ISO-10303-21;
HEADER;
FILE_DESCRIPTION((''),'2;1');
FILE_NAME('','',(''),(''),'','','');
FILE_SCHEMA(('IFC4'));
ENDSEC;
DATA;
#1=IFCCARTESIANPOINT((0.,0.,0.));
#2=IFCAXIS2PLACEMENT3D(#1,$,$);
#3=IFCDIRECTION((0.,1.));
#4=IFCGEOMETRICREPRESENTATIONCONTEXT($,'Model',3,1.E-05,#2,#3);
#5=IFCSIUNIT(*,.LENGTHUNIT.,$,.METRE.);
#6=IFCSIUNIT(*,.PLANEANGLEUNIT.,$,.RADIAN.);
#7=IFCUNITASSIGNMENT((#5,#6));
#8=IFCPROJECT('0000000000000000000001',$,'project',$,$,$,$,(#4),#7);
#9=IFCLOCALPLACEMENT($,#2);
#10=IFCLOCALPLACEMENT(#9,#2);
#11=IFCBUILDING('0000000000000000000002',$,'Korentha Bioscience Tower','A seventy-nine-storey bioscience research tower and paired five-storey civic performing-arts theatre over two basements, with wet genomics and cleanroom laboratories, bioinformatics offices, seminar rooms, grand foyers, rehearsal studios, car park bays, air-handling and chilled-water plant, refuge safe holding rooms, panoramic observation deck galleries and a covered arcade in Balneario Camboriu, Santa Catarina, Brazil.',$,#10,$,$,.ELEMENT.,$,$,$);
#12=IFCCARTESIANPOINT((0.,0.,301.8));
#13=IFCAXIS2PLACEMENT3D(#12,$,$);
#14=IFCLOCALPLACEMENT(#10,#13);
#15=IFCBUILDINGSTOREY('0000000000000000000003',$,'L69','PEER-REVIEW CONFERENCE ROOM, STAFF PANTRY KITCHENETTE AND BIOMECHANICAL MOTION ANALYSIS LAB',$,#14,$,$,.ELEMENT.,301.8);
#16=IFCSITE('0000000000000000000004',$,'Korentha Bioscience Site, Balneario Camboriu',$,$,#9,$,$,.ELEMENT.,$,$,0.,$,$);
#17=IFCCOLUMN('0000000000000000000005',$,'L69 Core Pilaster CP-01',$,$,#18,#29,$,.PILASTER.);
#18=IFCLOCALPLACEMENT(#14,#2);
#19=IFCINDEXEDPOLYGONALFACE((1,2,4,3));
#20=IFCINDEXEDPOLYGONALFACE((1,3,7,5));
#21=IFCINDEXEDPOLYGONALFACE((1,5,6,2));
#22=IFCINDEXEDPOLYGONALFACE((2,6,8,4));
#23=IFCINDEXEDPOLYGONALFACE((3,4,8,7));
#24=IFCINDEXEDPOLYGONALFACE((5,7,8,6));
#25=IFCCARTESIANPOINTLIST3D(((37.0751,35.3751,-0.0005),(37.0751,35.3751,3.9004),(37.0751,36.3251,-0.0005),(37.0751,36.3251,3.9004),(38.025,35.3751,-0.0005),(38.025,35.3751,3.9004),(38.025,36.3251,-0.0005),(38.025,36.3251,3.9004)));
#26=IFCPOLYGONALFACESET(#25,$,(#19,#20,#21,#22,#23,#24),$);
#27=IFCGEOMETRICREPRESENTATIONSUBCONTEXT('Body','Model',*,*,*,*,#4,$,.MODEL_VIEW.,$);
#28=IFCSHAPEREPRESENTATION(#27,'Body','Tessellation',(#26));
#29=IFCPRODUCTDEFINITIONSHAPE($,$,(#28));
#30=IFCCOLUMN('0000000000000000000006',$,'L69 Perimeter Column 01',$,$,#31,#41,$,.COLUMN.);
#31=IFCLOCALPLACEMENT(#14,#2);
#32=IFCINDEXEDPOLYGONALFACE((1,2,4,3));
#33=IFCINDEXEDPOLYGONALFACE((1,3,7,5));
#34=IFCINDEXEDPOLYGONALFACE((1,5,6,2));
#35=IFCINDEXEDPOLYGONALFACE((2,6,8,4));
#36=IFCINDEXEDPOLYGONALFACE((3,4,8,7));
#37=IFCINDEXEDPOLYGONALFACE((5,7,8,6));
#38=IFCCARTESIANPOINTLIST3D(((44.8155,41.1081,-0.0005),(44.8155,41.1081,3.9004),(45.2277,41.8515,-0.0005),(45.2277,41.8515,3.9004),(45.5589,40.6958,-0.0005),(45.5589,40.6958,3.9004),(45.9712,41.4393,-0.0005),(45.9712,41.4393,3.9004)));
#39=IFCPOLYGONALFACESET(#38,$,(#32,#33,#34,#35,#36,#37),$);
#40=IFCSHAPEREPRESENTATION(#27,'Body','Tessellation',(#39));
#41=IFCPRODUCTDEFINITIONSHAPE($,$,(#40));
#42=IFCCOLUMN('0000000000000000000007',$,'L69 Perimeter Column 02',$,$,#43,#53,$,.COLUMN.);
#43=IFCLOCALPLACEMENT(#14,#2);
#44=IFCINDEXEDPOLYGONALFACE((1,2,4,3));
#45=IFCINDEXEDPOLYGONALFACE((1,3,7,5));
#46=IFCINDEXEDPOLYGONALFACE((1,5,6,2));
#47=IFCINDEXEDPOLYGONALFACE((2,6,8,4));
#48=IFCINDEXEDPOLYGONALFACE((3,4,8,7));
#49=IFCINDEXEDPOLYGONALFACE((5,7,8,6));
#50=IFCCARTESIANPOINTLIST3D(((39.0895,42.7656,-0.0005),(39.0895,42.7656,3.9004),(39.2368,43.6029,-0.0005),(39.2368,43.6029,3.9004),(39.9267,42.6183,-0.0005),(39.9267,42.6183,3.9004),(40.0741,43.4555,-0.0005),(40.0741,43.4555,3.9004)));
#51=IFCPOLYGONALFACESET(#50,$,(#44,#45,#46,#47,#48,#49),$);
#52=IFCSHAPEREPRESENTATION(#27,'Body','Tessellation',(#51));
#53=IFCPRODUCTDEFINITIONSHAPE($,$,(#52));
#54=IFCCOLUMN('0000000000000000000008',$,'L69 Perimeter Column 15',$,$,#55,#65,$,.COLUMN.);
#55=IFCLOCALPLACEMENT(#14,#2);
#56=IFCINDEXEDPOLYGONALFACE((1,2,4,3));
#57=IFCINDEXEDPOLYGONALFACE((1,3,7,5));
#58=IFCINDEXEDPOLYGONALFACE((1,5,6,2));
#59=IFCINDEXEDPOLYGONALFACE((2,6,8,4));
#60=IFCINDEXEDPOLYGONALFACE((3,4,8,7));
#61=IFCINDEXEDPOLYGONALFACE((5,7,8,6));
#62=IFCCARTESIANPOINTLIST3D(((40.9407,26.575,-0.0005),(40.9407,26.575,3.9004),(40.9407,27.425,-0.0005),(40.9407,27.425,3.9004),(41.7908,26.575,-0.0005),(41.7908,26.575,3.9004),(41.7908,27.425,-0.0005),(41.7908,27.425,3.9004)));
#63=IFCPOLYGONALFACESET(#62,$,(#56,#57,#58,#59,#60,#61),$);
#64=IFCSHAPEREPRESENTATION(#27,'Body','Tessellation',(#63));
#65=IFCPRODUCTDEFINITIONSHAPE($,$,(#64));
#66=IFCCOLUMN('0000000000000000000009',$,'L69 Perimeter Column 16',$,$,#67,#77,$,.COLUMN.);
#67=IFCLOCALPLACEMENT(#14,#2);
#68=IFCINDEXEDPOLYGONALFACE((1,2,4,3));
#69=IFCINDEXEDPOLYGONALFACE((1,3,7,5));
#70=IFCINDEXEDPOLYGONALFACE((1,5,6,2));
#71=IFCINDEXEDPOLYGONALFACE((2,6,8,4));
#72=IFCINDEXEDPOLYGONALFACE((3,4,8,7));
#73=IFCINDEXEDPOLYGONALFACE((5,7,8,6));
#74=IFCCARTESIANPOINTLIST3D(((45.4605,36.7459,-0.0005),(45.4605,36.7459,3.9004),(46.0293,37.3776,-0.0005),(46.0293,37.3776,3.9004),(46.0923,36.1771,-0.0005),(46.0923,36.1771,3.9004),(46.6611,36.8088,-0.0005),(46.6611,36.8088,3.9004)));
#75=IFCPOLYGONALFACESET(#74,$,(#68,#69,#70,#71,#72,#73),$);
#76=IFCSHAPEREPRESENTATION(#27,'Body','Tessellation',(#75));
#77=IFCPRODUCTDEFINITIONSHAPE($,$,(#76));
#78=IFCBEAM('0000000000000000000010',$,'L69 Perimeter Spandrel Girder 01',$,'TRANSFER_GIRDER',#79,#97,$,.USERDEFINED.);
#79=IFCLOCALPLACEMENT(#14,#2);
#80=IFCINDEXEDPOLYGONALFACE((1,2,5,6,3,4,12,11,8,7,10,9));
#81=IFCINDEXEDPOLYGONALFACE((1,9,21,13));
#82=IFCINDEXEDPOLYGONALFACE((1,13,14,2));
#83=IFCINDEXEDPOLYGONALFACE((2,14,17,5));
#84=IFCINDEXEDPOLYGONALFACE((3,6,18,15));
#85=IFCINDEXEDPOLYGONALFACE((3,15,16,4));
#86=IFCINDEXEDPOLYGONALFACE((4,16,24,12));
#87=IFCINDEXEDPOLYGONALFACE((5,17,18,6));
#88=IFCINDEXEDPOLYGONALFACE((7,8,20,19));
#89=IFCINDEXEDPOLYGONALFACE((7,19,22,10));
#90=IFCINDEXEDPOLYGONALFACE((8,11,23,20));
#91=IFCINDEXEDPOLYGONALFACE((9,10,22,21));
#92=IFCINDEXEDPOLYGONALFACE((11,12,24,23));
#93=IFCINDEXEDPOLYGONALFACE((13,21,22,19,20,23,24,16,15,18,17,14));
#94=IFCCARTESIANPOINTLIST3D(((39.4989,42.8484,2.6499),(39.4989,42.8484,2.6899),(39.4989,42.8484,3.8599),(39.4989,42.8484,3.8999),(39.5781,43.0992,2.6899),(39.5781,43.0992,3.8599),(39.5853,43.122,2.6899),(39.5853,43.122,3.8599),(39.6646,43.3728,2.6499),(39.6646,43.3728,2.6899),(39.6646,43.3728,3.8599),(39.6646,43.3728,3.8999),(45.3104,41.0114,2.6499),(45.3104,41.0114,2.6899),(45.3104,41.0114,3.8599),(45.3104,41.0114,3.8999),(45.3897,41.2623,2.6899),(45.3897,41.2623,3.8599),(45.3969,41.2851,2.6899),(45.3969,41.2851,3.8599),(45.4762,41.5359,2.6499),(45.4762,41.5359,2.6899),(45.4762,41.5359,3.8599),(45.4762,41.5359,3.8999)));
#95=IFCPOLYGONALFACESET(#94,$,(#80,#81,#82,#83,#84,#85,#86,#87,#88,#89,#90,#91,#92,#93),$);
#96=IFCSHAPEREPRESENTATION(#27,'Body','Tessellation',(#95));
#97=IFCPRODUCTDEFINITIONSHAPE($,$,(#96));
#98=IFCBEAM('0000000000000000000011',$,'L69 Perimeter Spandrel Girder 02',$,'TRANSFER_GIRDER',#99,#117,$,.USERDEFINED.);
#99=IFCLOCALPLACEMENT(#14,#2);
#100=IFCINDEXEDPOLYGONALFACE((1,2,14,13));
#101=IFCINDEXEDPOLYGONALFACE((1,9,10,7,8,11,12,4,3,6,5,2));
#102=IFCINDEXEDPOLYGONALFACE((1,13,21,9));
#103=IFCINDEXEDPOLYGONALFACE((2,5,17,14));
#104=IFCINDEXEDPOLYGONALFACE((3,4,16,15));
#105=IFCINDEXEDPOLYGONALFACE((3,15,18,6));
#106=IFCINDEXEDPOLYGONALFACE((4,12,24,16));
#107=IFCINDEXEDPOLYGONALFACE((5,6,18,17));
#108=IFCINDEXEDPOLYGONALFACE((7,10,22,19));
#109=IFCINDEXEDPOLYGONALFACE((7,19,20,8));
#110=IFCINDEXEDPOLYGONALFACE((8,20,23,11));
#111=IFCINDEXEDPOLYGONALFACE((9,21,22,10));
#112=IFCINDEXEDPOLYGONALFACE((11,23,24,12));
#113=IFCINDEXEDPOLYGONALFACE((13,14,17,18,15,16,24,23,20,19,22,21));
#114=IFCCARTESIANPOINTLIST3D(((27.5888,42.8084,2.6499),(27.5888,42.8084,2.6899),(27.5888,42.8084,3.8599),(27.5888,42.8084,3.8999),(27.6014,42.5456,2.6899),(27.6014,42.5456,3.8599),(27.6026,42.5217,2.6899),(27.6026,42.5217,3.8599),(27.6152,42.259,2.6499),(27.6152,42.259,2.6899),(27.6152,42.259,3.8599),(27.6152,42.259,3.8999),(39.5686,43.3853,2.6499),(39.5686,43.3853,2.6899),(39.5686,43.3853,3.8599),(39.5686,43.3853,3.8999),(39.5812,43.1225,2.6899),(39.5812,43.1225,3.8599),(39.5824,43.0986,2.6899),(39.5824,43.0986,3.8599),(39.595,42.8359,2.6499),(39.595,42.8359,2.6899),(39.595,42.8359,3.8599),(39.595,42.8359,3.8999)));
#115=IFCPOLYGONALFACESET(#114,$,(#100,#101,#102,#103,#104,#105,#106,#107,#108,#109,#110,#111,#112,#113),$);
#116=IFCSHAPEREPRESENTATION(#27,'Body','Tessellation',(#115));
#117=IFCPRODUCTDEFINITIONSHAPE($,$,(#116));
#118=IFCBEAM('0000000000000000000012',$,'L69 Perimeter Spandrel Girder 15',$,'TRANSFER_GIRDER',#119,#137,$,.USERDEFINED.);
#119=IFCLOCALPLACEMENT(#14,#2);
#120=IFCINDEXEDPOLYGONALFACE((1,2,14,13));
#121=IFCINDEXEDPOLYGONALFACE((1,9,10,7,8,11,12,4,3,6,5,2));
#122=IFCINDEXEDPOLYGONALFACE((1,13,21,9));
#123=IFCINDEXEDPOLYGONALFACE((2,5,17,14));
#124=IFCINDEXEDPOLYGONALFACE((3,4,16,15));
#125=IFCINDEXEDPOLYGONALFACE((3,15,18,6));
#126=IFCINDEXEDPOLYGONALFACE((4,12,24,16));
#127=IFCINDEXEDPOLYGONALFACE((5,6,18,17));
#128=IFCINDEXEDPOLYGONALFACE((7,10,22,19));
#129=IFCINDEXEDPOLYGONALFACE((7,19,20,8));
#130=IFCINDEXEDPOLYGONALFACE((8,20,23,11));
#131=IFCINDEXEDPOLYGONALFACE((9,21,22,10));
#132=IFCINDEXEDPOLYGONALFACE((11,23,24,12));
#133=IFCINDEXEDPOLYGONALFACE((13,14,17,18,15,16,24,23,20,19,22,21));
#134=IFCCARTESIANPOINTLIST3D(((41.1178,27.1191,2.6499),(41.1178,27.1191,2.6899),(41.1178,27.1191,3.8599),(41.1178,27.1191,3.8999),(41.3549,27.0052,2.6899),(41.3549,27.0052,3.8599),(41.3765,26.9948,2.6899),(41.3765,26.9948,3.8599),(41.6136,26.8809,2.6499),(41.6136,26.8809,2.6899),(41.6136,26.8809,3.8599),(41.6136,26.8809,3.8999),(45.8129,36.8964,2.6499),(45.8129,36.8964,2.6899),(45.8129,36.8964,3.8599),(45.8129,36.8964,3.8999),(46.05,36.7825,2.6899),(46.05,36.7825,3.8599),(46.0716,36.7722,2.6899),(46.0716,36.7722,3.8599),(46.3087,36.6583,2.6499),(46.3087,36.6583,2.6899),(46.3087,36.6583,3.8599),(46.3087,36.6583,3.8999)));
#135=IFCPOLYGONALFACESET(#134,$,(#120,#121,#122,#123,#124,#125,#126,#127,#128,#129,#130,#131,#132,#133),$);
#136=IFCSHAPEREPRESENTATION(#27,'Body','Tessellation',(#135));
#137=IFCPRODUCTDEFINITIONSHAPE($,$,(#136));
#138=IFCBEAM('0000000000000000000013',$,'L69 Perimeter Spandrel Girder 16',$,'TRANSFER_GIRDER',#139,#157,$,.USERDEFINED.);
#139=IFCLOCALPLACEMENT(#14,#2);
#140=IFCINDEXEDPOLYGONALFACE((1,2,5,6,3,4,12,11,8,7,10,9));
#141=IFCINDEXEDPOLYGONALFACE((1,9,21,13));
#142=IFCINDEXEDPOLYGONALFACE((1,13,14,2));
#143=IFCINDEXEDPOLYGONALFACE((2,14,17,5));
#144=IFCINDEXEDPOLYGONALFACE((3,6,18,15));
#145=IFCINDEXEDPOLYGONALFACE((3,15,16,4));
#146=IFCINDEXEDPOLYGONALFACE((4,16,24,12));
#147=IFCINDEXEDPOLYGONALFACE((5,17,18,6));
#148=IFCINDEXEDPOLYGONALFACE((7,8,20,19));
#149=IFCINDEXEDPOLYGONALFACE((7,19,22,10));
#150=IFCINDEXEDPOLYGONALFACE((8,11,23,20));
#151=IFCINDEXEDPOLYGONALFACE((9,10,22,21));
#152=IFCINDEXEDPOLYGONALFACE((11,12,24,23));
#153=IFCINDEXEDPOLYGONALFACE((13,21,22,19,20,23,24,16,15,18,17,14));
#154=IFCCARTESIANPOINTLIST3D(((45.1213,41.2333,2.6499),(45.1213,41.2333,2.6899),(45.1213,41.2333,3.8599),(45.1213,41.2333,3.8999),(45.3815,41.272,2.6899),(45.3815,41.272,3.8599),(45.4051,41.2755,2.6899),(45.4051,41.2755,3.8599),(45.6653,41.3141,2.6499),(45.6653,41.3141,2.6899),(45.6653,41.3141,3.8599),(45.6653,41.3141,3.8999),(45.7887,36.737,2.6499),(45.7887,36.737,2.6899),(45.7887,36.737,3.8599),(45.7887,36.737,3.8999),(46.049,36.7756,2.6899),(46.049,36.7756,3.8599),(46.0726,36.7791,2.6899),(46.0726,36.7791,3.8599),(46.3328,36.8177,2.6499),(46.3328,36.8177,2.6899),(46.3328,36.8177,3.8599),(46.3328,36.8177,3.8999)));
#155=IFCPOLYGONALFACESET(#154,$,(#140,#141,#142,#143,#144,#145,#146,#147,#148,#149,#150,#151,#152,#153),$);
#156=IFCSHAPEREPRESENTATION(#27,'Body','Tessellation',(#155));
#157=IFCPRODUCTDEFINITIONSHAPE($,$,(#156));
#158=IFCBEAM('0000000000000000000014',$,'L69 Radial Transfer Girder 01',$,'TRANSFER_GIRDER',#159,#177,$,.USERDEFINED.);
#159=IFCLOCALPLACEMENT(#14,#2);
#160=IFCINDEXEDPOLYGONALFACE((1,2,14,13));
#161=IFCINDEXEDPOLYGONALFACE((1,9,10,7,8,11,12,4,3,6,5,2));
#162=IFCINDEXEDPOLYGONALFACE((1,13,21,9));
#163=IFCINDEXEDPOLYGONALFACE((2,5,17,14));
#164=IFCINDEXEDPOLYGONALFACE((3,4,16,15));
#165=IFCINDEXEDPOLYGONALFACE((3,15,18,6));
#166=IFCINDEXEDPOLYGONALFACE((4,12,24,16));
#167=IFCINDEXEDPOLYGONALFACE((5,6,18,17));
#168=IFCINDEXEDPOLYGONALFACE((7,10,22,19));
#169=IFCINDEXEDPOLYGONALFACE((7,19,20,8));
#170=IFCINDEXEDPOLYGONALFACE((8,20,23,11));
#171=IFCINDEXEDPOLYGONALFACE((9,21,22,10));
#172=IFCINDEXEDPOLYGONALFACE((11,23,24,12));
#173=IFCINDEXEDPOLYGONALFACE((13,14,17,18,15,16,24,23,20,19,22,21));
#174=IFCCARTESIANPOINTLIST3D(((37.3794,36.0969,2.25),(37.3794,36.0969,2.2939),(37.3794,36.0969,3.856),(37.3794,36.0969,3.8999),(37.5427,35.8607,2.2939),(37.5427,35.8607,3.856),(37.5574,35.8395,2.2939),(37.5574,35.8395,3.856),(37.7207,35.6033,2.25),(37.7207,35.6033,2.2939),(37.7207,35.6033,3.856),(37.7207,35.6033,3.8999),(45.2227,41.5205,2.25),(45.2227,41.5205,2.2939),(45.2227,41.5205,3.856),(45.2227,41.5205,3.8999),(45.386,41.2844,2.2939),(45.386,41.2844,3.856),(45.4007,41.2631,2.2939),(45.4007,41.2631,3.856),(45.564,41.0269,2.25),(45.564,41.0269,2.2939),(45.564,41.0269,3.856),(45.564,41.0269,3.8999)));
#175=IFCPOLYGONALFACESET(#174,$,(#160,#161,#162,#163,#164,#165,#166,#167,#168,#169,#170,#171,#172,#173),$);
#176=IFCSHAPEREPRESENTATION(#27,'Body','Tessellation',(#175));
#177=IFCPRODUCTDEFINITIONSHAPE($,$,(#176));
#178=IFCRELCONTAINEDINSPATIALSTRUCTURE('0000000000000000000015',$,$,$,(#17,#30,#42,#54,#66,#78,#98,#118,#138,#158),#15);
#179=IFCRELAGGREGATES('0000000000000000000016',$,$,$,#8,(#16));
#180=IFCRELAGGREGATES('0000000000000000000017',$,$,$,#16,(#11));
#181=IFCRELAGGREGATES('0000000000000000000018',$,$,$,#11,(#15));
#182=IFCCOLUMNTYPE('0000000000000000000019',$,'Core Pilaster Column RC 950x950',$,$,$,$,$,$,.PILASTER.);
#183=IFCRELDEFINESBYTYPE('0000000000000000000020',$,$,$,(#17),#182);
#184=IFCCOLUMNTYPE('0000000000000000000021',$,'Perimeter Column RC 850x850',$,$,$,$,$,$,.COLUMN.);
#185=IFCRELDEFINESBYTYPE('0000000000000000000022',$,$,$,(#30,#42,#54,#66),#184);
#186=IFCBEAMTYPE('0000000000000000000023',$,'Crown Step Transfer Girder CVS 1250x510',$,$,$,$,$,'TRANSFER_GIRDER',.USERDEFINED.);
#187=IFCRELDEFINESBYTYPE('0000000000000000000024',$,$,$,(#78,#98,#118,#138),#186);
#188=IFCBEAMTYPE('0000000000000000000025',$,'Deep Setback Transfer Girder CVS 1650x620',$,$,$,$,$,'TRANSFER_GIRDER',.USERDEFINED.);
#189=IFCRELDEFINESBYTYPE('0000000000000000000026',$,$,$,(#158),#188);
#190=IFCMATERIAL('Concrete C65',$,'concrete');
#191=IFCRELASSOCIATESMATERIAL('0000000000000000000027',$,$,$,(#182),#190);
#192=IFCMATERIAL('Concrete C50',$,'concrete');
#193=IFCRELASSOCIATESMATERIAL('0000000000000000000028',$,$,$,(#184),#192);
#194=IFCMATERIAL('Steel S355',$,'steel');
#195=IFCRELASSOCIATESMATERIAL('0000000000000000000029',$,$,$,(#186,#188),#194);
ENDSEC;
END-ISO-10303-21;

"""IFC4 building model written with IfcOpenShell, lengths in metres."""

from ifc_helpers import new_model, si_unit, direction, frame, origin, origin_2d, place, context, subcontext, project, spatial, rectangle, i_section, extrude, material, material_profile, profile_set, type_object, element, save


model = new_model("IFC4")

# Units and contexts
model_context = context("Model", 3, precision=1e-05, world=origin(), true_north=direction((0.0, 1.0)))
body_context = subcontext(model_context, "Body", "Model", "MODEL_VIEW")
ifc_project = project(units=[si_unit("LENGTHUNIT", "METRE"), si_unit("PLANEANGLEUNIT", "RADIAN")], contexts=[model_context])

# Site, building, storey
site_placement = place(None, origin())
site = spatial("IfcSite", under=ifc_project, at=site_placement, Name="Korentha Bioscience Site, Balneario Camboriu", CompositionType="ELEMENT", RefElevation=0.0)
building_placement = place(site_placement, origin())
building = spatial("IfcBuilding", under=site, at=building_placement, Name="Korentha Bioscience Tower", Description="A seventy-nine-storey bioscience research tower and paired five-storey civic performing-arts theatre over two basements, with wet genomics and cleanroom laboratories, bioinformatics offices, seminar rooms, grand foyers, rehearsal studios, car park bays, air-handling and chilled-water plant, refuge safe holding rooms, panoramic observation deck galleries and a covered arcade in Balneario Camboriu, Santa Catarina, Brazil.", CompositionType="ELEMENT")
storey_placement = place(building_placement, frame((0.0, 0.0, 301.8)))
storey = spatial("IfcBuildingStorey", under=building, at=storey_placement, Name="L69", Description="PEER-REVIEW CONFERENCE ROOM, STAFF PANTRY KITCHENETTE AND BIOMECHANICAL MOTION ANALYSIS LAB", CompositionType="ELEMENT", Elevation=301.8)

# Columns
ifc_material_1 = material(Name="Concrete C65", Category="concrete")
ifc_material_profile_1 = material_profile(ifc_material_1, rectangle(XDim=0.95, YDim=0.95, at=origin_2d()), Name="Concrete C65")
ifc_profile_set_1 = profile_set([ifc_material_profile_1], Name="Concrete C65 (COL-CP09)")
column_type_1 = type_object("IfcColumnType", Name="Core Pilaster Column RC 950x950", PredefinedType="PILASTER", material=ifc_profile_set_1)
column_placement = place(storey_placement, frame((37.55, 35.8501, -0.0005), z_axis=(0.0, 0.0, 1.0), x_axis=(1.0, 0.0, 0.0)))
element("IfcColumn", 1, at=column_placement, inside=storey, type_object=column_type_1, Name="L69 Core Pilaster CP-01", PredefinedType="PILASTER", context=body_context, shape_type="SweptSolid", body=[
    extrude(rectangle(XDim=0.95, YDim=0.95, at=origin_2d()), origin(), (0.0, 0.0, 1.0), 3.9009),
])
ifc_material_2 = material(Name="Concrete C50", Category="concrete")
ifc_material_profile_2 = material_profile(ifc_material_2, rectangle(XDim=0.8501, YDim=0.8501, at=origin_2d()), Name="Concrete C50")
ifc_profile_set_2 = profile_set([ifc_material_profile_2], Name="Concrete C50 (COL-P08)")
column_type_2 = type_object("IfcColumnType", Name="Perimeter Column RC 850x850", PredefinedType="COLUMN", material=ifc_profile_set_2)
for number, where, z_axis, x_axis, name in (
    (2, (45.3933, 41.2737, -0.0005), (0.0, 0.0, 1.0), (-0.874535, 0.484962, 0.0), "L69 Perimeter Column 01"),
    (3, (39.5818, 43.1106, -0.0005), (0.0, 0.0, 1.0), (-0.984868, 0.173304, 0.0), "L69 Perimeter Column 02"),
    (4, (41.3657, 27.0, -0.0005), (0.0, 0.0, 1.0), (0.0, 1.0, 0.0), "L69 Perimeter Column 15"),
    (5, (46.0608, 36.7773, -0.0005), (0.0, 0.0, 1.0), (0.669131, 0.743145, 0.0), "L69 Perimeter Column 16"),
):
    element("IfcColumn", number, at=place(storey_placement, frame(where, z_axis=z_axis, x_axis=x_axis)), inside=storey, type_object=column_type_2, Name=name, PredefinedType="COLUMN", context=body_context, shape_type="SweptSolid", body=[
        extrude(rectangle(XDim=0.8501, YDim=0.8501, at=origin_2d()), origin(), (0.0, 0.0, 1.0), 3.9009),
    ])

# Beams
ifc_material_3 = material(Name="Steel S355", Category="steel")
ifc_material_profile_3 = material_profile(ifc_material_3, i_section(OverallWidth=0.55, OverallDepth=1.25, WebThickness=0.0239, FlangeThickness=0.04, at=origin_2d()), Name="Steel S355")
ifc_profile_set_3 = profile_set([ifc_material_profile_3], Name="Steel S355 (TG-03)")
beam_type_1 = type_object("IfcBeamType", Name="Crown Step Transfer Girder CVS 1250x510", ElementType="TRANSFER_GIRDER", PredefinedType="USERDEFINED", material=ifc_profile_set_3)
beam_1_placement = place(storey_placement, frame((45.3933, 41.2737, 3.2749), z_axis=(-0.953503, 0.301384, 0.0), x_axis=(-0.301384, -0.953503, 0.0)))
element("IfcBeam", 6, at=beam_1_placement, inside=storey, type_object=beam_type_1, Name="L69 Perimeter Spandrel Girder 01", ObjectType="TRANSFER_GIRDER", PredefinedType="USERDEFINED", context=body_context, shape_type="SweptSolid", body=[
    extrude(i_section(OverallWidth=0.55, OverallDepth=1.25, WebThickness=0.0239, FlangeThickness=0.04, at=origin_2d()), origin(), (0.0, 0.0, 1.0), 6.095),
])
beam_2_placement = place(storey_placement, frame((39.5818, 43.1106, 3.2749), z_axis=(-0.998842, -0.048101, 0.0), x_axis=(0.048101, -0.998842, 0.0)))
element("IfcBeam", 7, at=beam_2_placement, inside=storey, type_object=beam_type_1, Name="L69 Perimeter Spandrel Girder 02", ObjectType="TRANSFER_GIRDER", PredefinedType="USERDEFINED", context=body_context, shape_type="SweptSolid", body=[
    extrude(i_section(OverallWidth=0.55, OverallDepth=1.25, WebThickness=0.0239, FlangeThickness=0.04, at=origin_2d()), origin(), (0.0, 0.0, 1.0), 11.9937),
])
beam_3_placement = place(storey_placement, frame((41.3657, 27.0, 3.2749), z_axis=(0.432877, 0.901453, 0.0), x_axis=(-0.901453, 0.432877, 0.0)))
element("IfcBeam", 8, at=beam_3_placement, inside=storey, type_object=beam_type_1, Name="L69 Perimeter Spandrel Girder 15", ObjectType="TRANSFER_GIRDER", PredefinedType="USERDEFINED", context=body_context, shape_type="SweptSolid", body=[
    extrude(i_section(OverallWidth=0.55, OverallDepth=1.25, WebThickness=0.0239, FlangeThickness=0.04, at=origin_2d()), origin(), (0.0, 0.0, 1.0), 10.8462),
])
beam_4_placement = place(storey_placement, frame((46.0608, 36.7773, 3.2749), z_axis=(-0.146841, 0.98916, 0.0), x_axis=(-0.98916, -0.146841, 0.0)))
element("IfcBeam", 9, at=beam_4_placement, inside=storey, type_object=beam_type_1, Name="L69 Perimeter Spandrel Girder 16", ObjectType="TRANSFER_GIRDER", PredefinedType="USERDEFINED", context=body_context, shape_type="SweptSolid", body=[
    extrude(i_section(OverallWidth=0.55, OverallDepth=1.25, WebThickness=0.0239, FlangeThickness=0.04, at=origin_2d()), origin(), (0.0, 0.0, 1.0), 4.5457),
])
ifc_material_profile_4 = material_profile(ifc_material_3, i_section(OverallWidth=0.6001, OverallDepth=1.6499, WebThickness=0.0259, FlangeThickness=0.0439, at=origin_2d()), Name="Steel S355")
ifc_profile_set_4 = profile_set([ifc_material_profile_4], Name="Steel S355 (TG-04)")
beam_type_2 = type_object("IfcBeamType", Name="Deep Setback Transfer Girder CVS 1650x620", ElementType="TRANSFER_GIRDER", PredefinedType="USERDEFINED", material=ifc_profile_set_4)
beam_5_placement = place(storey_placement, frame((37.55, 35.8501, 3.075), z_axis=(0.822505, 0.568759, 0.0), x_axis=(-0.568759, 0.822505, 0.0)))
element("IfcBeam", 10, at=beam_5_placement, inside=storey, type_object=beam_type_2, Name="L69 Radial Transfer Girder 01", ObjectType="TRANSFER_GIRDER", PredefinedType="USERDEFINED", context=body_context, shape_type="SweptSolid", body=[
    extrude(i_section(OverallWidth=0.6001, OverallDepth=1.6499, WebThickness=0.0259, FlangeThickness=0.0439, at=origin_2d()), origin(), (0.0, 0.0, 1.0), 9.5359),
])

save(model, "model.ifc")
